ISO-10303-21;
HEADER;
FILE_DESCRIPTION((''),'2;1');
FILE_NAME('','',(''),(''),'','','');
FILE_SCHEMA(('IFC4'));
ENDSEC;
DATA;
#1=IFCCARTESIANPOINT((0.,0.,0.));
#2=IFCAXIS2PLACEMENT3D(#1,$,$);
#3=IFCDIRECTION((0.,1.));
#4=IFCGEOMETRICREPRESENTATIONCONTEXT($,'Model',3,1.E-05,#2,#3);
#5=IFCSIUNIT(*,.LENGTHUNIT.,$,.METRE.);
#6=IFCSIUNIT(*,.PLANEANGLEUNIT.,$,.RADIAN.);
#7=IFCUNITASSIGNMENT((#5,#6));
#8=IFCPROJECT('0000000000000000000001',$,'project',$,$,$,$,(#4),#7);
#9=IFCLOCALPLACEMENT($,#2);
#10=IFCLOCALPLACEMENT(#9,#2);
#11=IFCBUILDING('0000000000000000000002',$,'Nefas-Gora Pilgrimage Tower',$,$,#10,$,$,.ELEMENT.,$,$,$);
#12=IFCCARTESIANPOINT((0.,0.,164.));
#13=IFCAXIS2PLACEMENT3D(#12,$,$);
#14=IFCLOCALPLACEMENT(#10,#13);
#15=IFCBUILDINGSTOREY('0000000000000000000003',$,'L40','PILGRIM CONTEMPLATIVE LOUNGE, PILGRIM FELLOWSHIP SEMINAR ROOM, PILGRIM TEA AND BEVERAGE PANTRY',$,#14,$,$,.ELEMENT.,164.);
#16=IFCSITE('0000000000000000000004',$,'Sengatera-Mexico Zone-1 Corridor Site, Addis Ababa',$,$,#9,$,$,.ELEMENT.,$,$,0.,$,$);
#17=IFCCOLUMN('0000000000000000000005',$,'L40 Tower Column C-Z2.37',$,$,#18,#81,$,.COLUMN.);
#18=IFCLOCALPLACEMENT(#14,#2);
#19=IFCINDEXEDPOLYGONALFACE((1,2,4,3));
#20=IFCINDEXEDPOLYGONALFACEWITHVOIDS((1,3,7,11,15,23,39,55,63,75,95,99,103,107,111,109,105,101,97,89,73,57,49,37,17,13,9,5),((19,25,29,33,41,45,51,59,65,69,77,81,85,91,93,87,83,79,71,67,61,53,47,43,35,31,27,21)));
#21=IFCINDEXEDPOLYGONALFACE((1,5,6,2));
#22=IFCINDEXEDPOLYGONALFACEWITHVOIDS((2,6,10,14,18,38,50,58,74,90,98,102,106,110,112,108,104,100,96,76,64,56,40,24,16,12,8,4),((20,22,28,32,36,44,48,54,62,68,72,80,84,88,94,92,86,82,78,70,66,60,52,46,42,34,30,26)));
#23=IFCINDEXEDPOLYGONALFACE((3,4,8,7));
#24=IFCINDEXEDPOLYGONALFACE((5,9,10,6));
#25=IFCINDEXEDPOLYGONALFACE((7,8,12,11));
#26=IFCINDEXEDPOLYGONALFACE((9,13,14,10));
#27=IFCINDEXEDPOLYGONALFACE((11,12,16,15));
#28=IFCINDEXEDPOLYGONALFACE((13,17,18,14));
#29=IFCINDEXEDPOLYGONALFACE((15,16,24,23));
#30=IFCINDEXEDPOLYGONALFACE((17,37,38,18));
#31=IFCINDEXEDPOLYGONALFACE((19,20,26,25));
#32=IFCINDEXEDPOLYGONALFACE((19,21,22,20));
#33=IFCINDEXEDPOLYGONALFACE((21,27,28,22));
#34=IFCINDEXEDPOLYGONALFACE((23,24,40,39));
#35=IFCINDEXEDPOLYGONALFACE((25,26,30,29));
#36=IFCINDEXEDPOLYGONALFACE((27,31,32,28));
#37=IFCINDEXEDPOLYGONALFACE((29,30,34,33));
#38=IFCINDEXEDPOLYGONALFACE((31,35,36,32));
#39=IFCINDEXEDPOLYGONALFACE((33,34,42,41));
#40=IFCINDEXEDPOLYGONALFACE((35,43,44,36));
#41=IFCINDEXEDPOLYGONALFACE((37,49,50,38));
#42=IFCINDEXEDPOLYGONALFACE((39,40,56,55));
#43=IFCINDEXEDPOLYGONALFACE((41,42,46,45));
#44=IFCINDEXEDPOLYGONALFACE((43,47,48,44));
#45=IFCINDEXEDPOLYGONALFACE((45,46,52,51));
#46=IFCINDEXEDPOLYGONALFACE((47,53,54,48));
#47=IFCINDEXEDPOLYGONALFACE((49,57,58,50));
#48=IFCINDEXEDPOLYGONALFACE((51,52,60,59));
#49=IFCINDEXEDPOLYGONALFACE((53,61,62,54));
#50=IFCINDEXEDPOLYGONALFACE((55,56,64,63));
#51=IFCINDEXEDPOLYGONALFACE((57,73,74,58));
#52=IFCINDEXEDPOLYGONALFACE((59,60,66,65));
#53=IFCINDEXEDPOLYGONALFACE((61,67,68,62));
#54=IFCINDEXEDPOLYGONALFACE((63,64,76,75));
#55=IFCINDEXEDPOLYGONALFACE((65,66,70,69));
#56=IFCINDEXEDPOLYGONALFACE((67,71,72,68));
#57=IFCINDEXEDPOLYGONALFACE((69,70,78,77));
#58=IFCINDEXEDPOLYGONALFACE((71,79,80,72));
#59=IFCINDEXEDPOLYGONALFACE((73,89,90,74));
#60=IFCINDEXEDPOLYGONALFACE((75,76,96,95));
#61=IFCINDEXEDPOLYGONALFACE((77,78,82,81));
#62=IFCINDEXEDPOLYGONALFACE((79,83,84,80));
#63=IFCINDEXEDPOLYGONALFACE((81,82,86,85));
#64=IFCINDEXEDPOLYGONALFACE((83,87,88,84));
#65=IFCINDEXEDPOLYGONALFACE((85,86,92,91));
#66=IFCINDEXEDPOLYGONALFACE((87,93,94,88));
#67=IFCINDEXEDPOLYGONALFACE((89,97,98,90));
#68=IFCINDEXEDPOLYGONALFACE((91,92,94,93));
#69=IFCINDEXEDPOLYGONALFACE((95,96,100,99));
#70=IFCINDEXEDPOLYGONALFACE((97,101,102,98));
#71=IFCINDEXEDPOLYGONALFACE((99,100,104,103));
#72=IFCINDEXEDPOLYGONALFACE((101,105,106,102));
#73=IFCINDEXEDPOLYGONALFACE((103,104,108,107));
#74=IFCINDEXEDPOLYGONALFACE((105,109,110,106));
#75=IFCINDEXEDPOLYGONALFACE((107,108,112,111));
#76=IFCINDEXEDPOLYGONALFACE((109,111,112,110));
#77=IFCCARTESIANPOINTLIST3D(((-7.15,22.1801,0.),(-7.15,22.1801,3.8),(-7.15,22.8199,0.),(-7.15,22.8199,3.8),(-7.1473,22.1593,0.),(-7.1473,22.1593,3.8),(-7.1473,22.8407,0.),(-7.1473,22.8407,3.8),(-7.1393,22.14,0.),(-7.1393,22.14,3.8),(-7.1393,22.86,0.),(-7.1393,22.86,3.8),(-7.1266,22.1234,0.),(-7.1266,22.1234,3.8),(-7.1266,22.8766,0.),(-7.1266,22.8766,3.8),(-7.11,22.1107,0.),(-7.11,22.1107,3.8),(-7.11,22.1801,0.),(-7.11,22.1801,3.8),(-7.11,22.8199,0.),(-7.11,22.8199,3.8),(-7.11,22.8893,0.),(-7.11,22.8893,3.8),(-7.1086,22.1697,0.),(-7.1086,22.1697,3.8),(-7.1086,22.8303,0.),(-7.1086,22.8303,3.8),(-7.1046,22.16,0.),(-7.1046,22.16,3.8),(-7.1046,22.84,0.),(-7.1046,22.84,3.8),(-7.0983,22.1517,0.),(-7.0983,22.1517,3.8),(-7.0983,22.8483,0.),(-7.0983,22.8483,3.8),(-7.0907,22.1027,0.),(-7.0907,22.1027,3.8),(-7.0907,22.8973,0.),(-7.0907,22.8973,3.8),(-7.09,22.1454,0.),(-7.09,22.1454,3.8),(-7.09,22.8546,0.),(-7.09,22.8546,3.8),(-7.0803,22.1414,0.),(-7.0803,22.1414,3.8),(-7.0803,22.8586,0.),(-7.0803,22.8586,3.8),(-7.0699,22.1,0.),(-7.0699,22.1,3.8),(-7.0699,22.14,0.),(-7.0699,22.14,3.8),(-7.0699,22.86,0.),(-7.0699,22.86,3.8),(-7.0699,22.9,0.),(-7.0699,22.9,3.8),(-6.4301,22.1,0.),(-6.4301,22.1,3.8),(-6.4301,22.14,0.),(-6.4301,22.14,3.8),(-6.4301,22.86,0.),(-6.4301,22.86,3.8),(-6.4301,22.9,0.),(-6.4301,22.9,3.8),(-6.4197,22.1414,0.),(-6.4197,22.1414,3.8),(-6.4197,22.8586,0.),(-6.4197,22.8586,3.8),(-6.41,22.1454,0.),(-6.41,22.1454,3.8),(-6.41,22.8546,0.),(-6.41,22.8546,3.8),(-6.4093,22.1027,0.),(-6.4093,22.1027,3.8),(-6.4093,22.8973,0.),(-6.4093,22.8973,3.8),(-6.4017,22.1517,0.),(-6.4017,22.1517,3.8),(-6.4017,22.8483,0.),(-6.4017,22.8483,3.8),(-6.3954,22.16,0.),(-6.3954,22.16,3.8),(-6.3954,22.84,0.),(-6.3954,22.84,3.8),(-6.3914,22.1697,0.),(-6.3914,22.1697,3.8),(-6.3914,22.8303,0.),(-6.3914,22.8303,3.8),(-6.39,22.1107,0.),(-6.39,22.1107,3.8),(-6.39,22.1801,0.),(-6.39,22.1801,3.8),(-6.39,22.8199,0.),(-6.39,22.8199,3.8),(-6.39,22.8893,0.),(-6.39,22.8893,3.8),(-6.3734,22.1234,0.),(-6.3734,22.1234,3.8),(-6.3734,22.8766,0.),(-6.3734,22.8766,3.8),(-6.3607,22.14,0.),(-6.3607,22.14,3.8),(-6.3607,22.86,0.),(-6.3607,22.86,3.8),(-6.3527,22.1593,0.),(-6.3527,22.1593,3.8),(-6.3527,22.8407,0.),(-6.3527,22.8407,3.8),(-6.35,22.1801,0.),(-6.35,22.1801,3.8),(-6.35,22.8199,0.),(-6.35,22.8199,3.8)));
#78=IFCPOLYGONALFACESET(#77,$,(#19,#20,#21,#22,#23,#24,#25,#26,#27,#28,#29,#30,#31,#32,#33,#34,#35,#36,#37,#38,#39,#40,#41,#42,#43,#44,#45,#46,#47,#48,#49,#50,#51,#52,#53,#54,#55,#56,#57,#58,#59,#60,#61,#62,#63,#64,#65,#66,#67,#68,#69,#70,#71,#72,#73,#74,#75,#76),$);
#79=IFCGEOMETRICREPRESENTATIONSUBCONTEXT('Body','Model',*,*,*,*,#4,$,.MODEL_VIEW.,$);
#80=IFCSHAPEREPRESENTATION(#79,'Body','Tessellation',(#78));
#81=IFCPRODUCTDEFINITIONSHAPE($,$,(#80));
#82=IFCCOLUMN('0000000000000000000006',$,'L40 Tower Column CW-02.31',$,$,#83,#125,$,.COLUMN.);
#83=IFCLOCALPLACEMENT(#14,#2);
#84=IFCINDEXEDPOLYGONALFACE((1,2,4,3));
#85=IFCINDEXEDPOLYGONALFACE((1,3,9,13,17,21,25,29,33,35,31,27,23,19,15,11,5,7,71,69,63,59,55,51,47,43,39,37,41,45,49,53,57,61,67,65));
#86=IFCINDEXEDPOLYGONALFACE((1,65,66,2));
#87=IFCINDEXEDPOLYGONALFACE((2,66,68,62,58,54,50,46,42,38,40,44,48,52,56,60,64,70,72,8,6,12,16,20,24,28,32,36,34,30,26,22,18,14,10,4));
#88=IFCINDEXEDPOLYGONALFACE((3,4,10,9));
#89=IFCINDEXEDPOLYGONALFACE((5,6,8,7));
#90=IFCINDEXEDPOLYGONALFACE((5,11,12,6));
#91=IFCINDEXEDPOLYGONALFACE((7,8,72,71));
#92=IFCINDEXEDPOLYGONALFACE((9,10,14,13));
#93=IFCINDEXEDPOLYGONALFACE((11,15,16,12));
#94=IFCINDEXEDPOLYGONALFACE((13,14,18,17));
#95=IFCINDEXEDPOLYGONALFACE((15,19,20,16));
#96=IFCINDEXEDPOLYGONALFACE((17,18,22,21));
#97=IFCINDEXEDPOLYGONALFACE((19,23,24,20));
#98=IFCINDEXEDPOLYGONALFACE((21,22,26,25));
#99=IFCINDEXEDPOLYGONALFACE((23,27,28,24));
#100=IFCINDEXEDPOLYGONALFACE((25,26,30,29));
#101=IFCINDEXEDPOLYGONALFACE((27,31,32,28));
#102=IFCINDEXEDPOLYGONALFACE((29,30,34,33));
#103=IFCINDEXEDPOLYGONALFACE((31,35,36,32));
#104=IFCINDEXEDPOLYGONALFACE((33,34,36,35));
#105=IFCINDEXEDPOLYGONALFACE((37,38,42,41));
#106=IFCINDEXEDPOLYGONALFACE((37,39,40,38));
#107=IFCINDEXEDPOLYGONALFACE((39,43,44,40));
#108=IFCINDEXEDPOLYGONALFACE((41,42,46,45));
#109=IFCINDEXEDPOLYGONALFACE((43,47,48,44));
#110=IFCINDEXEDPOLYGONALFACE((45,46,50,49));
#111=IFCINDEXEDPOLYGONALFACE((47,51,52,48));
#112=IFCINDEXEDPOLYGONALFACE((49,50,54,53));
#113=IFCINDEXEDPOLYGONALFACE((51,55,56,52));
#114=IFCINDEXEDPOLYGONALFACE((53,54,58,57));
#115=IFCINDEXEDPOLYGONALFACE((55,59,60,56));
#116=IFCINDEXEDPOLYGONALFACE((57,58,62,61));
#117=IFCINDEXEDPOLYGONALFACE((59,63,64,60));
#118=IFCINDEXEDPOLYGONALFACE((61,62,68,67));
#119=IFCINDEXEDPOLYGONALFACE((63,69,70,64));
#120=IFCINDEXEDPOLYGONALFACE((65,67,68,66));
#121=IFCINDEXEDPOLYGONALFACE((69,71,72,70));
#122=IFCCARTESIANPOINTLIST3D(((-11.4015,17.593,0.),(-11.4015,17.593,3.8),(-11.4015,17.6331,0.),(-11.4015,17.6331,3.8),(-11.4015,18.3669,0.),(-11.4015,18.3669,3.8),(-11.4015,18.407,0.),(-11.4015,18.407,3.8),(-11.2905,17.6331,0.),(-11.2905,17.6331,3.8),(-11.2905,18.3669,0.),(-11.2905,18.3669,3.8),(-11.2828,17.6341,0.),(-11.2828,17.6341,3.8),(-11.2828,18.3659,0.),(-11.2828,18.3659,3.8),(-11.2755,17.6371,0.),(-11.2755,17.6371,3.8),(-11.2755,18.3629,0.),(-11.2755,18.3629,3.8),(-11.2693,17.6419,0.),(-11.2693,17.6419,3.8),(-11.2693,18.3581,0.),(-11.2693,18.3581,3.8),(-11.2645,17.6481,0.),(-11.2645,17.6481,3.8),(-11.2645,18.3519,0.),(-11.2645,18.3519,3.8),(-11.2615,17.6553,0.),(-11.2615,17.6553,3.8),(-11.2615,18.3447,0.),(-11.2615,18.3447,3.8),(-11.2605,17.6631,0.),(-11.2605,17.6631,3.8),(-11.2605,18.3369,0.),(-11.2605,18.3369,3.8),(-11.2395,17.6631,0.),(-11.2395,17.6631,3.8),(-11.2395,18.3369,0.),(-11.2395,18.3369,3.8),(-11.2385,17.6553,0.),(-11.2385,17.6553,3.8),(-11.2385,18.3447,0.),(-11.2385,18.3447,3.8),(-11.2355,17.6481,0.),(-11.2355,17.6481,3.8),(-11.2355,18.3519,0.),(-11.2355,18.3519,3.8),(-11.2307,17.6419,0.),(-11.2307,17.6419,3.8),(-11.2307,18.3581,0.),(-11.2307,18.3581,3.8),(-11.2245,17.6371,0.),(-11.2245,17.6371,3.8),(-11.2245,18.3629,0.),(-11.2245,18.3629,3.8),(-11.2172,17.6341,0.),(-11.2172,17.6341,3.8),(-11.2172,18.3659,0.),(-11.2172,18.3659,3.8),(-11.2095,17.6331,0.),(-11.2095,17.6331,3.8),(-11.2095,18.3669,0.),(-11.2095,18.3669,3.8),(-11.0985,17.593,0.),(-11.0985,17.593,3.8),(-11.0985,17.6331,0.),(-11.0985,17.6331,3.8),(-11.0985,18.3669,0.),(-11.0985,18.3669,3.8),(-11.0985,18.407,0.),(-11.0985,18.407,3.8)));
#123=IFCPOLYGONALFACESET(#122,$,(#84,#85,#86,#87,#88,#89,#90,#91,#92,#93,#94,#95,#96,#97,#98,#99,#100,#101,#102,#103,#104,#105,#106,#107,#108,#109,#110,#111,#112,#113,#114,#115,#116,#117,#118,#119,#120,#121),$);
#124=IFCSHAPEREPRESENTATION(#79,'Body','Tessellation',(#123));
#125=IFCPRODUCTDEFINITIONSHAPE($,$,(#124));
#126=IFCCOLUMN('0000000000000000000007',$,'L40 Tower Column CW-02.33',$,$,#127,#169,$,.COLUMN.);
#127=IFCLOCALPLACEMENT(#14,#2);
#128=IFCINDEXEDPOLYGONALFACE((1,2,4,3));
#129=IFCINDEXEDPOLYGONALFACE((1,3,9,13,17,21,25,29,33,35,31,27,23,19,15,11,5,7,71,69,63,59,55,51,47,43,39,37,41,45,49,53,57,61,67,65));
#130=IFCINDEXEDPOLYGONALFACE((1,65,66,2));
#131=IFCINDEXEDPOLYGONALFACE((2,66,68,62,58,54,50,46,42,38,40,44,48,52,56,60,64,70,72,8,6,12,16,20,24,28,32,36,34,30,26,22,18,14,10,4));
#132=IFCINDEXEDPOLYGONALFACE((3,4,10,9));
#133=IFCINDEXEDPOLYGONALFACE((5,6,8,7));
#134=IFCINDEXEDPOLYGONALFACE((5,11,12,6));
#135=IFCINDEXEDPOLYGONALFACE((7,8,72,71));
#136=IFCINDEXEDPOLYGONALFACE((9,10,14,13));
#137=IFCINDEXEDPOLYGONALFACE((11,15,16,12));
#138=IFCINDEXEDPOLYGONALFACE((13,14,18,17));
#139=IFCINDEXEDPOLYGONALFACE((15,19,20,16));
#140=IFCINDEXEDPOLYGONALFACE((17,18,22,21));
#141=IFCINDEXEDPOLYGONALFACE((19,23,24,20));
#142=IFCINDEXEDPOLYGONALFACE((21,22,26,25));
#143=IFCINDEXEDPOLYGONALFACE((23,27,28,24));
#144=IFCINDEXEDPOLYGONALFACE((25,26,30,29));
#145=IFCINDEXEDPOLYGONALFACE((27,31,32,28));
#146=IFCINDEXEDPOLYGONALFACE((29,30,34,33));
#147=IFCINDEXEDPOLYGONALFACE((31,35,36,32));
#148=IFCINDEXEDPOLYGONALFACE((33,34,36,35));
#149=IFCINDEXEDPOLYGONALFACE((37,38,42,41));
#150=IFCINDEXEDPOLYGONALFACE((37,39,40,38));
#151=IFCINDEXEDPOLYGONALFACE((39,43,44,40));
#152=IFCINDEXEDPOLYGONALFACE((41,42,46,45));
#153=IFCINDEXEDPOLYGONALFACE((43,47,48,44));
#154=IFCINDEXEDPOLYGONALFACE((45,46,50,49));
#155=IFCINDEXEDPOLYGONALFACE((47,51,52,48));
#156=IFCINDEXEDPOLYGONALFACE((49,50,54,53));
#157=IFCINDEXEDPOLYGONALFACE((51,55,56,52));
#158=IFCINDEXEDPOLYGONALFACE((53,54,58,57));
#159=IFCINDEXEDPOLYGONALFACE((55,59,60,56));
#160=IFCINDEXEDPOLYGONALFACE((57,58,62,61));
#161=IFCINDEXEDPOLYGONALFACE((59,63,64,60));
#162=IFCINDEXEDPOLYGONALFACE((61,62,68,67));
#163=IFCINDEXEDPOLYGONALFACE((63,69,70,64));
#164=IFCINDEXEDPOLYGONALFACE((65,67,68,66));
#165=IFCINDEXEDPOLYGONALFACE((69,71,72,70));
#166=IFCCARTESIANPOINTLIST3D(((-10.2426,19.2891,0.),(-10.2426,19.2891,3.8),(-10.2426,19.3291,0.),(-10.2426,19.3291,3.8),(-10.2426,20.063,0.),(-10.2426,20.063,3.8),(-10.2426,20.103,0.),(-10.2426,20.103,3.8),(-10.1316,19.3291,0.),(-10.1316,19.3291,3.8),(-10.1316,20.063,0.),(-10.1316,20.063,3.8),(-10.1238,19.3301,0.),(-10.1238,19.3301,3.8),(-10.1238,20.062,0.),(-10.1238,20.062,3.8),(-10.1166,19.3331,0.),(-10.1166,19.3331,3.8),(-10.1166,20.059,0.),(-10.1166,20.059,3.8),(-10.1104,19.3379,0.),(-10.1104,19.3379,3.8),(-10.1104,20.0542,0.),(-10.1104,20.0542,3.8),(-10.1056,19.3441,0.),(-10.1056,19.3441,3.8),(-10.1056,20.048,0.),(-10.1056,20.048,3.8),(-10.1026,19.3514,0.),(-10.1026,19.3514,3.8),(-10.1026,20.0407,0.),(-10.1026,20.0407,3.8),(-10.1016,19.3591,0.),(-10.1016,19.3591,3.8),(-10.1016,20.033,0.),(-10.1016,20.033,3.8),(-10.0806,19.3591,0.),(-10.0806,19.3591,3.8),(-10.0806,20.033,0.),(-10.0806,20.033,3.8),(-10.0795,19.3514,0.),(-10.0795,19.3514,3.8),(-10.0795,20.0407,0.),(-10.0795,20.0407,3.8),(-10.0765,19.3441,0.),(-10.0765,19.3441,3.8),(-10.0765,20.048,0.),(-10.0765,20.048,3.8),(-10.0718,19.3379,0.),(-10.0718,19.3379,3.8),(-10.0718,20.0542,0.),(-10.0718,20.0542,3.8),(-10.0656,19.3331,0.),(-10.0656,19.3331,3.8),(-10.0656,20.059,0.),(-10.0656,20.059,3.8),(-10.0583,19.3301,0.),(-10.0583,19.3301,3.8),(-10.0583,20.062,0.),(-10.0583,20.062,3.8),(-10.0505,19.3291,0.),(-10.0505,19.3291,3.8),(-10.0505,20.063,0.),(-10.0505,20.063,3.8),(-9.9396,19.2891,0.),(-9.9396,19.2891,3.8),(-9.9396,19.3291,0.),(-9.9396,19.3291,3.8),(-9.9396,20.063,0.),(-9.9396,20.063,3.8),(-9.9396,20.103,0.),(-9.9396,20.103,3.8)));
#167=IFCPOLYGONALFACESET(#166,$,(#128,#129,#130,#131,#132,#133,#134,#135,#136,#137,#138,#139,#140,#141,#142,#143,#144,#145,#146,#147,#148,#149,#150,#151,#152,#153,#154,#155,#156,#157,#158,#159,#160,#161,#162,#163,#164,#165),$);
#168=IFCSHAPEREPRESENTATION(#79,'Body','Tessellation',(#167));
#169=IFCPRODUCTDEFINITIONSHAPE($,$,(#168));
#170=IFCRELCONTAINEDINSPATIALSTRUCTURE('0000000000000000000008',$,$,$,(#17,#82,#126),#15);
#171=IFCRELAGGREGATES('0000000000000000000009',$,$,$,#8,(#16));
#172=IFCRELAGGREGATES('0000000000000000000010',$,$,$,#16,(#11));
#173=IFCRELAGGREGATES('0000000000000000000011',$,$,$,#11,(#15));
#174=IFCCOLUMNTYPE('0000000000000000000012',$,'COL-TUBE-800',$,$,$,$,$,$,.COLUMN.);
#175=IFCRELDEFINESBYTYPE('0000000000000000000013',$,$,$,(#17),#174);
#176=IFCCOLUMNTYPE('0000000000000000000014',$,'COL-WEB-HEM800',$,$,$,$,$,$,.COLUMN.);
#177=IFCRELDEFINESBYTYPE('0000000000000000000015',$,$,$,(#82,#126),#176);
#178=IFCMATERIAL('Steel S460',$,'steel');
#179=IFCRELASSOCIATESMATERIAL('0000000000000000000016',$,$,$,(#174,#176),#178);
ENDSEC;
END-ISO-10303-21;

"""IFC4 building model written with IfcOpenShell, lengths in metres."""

from ifc_helpers import new_model, si_unit, direction, frame, origin, origin_2d, place, context, subcontext, project, spatial, hollow_rectangle, i_section, extrude, source, transform, mapped, material, material_profile, profile_set, type_object, element, save


model = new_model("IFC4")

# Units and contexts
model_context = context("Model", 3, precision=1e-05, world=origin(), true_north=direction((0.0, 1.0)))
body_context = subcontext(model_context, "Body", "Model", "MODEL_VIEW")
ifc_project = project(units=[si_unit("LENGTHUNIT", "METRE"), si_unit("PLANEANGLEUNIT", "RADIAN")], contexts=[model_context])

# Site, building, storey
site_placement = place(None, origin())
site = spatial("IfcSite", under=ifc_project, at=site_placement, Name="Sengatera-Mexico Zone-1 Corridor Site, Addis Ababa", CompositionType="ELEMENT", RefElevation=0.0)
building_placement = place(site_placement, origin())
building = spatial("IfcBuilding", under=site, at=building_placement, Name="Nefas-Gora Pilgrimage Tower", CompositionType="ELEMENT")
storey_placement = place(building_placement, frame((0.0, 0.0, 164.0)))
storey = spatial("IfcBuildingStorey", under=building, at=storey_placement, Name="L40", Description="PILGRIM CONTEMPLATIVE LOUNGE, PILGRIM FELLOWSHIP SEMINAR ROOM, PILGRIM TEA AND BEVERAGE PANTRY", CompositionType="ELEMENT", Elevation=164.0)

# Columns
ifc_material_1 = material(Name="Steel S460", Category="steel")
ifc_material_profile_1 = material_profile(ifc_material_1, hollow_rectangle(XDim=0.8, YDim=0.8, WallThickness=0.04, InnerFilletRadius=0.04, OuterFilletRadius=0.0801, at=origin_2d()), Name="BOX 800x800x40")
ifc_profile_set_1 = profile_set([ifc_material_profile_1], Name="Steel S460")
column_type_1 = type_object("IfcColumnType", Name="COL-TUBE-800", PredefinedType="COLUMN", material=ifc_profile_set_1)
shared_shape_1 = source(origin(), body_context, "Body", "SweptSolid", [
    extrude(hollow_rectangle(XDim=0.8, YDim=0.8, WallThickness=0.04, InnerFilletRadius=0.04, OuterFilletRadius=0.0801, at=origin_2d()), origin(), (0.0, 0.0, 1.0), 3.8),
])
column_placement = place(storey_placement, frame((-6.75, 22.5, 0.0), z_axis=(0.0, 0.0, 1.0), x_axis=(1.0, 0.0, 0.0)))
element("IfcColumn", 1, at=column_placement, inside=storey, type_object=column_type_1, Name="L40 Tower Column C-Z2.37", PredefinedType="COLUMN", context=body_context, shape_type="MappedRepresentation", body=[
    mapped(shared_shape_1, transform((0.0, 0.0, 0.0), x_axis=(1.0, 0.0, 0.0), y_axis=(0.0, 1.0, 0.0), z_axis=(0.0, 0.0, 1.0), scale=1.0)),
])
ifc_material_profile_2 = material_profile(ifc_material_1, i_section(OverallWidth=0.303, OverallDepth=0.814, WebThickness=0.021, FlangeThickness=0.04, FilletRadius=0.03, at=origin_2d()), Name="HEM 800")
ifc_profile_set_2 = profile_set([ifc_material_profile_2], Name="Steel S460")
column_type_2 = type_object("IfcColumnType", Name="COL-WEB-HEM800", PredefinedType="COLUMN", material=ifc_profile_set_2)
shared_shape_2 = source(origin(), body_context, "Body", "SweptSolid", [
    extrude(i_section(OverallWidth=0.303, OverallDepth=0.814, WebThickness=0.021, FlangeThickness=0.04, FilletRadius=0.03, at=origin_2d()), origin(), (0.0, 0.0, 1.0), 3.8),
])
for number, where, z_axis, x_axis, name in (
    (2, (-11.25, 18.0, 0.0), (0.0, 0.0, 1.0), (1.0, 0.0, 0.0), "L40 Tower Column CW-02.31"),
    (3, (-10.0911, 19.696, 0.0), (0.0, 0.0, 1.0), (1.0, 0.0, 0.0), "L40 Tower Column CW-02.33"),
):
    element("IfcColumn", number, at=place(storey_placement, frame(where, z_axis=z_axis, x_axis=x_axis)), inside=storey, type_object=column_type_2, Name=name, PredefinedType="COLUMN", context=body_context, shape_type="MappedRepresentation", body=[
        mapped(shared_shape_2, transform((0.0, 0.0, 0.0), x_axis=(1.0, 0.0, 0.0), y_axis=(0.0, 1.0, 0.0), z_axis=(0.0, 0.0, 1.0), scale=1.0)),
    ])

save(model, "model.ifc")
